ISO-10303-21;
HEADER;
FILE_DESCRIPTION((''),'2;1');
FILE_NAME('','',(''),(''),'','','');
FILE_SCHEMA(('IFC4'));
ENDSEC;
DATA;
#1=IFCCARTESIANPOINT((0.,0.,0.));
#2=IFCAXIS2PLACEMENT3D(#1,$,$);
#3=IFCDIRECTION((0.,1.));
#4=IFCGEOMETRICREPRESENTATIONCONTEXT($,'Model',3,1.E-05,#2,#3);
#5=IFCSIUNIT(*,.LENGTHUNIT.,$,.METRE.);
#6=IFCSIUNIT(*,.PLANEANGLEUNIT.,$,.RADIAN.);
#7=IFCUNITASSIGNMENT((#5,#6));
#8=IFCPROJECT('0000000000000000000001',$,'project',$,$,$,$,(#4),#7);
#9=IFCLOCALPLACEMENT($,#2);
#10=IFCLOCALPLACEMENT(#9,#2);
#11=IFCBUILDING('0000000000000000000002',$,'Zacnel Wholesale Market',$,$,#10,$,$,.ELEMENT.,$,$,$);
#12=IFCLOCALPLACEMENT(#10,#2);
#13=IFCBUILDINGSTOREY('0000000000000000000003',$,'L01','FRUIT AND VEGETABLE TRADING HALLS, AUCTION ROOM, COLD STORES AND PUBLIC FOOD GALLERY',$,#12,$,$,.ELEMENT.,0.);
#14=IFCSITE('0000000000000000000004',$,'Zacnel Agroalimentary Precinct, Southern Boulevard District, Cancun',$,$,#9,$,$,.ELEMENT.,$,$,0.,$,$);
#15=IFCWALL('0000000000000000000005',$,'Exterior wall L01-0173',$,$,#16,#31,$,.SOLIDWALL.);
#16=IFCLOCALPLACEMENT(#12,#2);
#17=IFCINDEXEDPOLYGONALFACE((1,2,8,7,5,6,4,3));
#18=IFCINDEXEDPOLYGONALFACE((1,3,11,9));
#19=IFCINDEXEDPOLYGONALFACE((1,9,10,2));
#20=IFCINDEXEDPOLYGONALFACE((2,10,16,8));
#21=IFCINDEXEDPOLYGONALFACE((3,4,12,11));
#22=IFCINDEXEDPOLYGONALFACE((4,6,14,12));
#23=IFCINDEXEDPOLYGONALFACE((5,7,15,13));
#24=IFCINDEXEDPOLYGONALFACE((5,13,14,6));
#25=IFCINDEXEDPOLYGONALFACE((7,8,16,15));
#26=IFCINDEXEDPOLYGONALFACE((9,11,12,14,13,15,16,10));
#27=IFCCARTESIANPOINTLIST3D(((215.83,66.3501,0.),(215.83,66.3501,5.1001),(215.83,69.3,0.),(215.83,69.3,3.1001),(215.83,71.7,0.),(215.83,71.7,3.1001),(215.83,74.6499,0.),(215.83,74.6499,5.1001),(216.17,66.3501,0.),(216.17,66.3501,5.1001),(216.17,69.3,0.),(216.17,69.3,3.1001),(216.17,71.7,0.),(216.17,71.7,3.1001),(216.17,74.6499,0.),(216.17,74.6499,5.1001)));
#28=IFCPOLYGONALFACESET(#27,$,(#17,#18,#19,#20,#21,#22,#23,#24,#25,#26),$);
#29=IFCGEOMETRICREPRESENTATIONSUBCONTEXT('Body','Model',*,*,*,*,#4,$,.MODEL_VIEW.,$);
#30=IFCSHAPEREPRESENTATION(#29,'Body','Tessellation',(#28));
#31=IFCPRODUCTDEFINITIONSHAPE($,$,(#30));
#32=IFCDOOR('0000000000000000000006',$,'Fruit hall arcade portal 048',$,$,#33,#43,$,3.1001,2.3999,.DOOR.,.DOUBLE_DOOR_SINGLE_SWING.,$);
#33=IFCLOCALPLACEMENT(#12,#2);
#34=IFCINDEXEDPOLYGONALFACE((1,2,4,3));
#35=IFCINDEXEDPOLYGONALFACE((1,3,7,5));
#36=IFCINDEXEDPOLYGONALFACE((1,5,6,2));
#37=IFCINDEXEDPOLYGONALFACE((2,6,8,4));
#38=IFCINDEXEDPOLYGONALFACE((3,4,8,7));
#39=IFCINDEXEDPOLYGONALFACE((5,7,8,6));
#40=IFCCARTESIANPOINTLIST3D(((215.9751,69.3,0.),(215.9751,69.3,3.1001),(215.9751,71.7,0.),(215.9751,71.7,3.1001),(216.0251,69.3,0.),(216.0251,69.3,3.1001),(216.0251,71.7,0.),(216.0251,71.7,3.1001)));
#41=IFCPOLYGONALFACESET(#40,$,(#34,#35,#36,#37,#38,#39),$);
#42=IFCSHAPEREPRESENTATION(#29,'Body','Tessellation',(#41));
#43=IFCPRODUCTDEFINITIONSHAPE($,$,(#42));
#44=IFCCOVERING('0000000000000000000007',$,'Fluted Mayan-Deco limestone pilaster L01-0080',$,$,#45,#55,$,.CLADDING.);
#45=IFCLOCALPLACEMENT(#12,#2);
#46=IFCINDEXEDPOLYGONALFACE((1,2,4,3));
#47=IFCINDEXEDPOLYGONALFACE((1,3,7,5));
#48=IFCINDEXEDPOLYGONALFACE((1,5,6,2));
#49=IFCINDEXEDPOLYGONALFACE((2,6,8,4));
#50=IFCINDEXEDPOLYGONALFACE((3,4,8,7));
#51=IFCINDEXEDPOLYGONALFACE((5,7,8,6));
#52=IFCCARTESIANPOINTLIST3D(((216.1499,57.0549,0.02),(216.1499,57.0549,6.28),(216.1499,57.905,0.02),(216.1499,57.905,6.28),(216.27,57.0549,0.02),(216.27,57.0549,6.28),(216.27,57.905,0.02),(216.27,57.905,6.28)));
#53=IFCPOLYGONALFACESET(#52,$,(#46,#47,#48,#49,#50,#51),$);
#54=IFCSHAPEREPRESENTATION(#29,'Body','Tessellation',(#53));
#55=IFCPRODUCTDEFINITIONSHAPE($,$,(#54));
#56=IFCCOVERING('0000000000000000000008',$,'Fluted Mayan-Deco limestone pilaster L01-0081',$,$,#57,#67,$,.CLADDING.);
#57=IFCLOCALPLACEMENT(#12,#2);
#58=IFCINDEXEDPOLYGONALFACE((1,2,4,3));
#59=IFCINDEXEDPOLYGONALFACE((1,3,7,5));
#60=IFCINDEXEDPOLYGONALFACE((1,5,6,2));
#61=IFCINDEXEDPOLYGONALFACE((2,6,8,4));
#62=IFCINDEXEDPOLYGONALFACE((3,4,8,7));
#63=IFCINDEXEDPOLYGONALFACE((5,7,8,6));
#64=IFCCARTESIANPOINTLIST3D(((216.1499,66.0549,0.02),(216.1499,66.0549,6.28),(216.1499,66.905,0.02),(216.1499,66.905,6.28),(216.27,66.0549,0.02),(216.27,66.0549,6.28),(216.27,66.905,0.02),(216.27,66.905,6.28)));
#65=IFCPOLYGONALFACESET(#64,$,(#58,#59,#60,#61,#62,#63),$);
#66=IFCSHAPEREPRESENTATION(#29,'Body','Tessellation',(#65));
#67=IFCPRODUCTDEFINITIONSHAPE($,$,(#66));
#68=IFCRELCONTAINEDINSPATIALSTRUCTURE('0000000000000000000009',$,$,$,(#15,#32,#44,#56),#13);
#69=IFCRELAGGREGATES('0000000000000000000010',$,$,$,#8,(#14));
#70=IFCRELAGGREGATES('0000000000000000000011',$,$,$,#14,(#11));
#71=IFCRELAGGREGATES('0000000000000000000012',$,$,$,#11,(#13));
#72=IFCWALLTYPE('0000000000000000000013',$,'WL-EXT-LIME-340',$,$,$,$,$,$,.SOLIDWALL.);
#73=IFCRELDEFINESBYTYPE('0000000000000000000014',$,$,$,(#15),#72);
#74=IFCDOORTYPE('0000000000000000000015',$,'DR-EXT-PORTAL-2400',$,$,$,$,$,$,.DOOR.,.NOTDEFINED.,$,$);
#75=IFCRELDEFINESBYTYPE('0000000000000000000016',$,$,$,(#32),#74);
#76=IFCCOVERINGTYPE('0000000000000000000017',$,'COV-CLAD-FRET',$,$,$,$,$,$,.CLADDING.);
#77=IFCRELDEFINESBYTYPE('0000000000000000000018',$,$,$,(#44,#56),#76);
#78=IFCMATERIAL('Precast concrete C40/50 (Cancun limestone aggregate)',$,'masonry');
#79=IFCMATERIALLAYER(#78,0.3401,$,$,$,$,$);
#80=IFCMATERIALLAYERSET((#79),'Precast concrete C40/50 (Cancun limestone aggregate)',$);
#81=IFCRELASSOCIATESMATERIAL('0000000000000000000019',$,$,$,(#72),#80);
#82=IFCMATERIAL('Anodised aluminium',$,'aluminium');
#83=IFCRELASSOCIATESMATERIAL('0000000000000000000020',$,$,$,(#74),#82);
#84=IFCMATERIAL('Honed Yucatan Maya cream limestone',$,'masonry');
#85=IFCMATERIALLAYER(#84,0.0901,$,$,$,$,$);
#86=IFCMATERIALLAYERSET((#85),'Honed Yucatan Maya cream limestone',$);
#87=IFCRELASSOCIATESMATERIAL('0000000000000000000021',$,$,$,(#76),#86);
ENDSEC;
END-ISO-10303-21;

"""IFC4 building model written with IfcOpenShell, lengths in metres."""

from ifc_helpers import new_model, si_unit, direction, frame, frame_2d, origin, origin_2d, place, context, subcontext, project, spatial, rectangle, extrude, material, layer, layer_set, type_object, element, fill, save


model = new_model("IFC4")

# Units and contexts
model_context = context("Model", 3, precision=1e-05, world=origin(), true_north=direction((0.0, 1.0)))
body_context = subcontext(model_context, "Body", "Model", "MODEL_VIEW")
ifc_project = project(units=[si_unit("LENGTHUNIT", "METRE"), si_unit("PLANEANGLEUNIT", "RADIAN")], contexts=[model_context])

# Site, building, storey
site_placement = place(None, origin())
site = spatial("IfcSite", under=ifc_project, at=site_placement, Name="Zacnel Agroalimentary Precinct, Southern Boulevard District, Cancun", CompositionType="ELEMENT", RefElevation=0.0)
building_placement = place(site_placement, origin())
building = spatial("IfcBuilding", under=site, at=building_placement, Name="Zacnel Wholesale Market", CompositionType="ELEMENT")
storey_placement = place(building_placement, origin())
storey = spatial("IfcBuildingStorey", under=building, at=storey_placement, Name="L01", Description="FRUIT AND VEGETABLE TRADING HALLS, AUCTION ROOM, COLD STORES AND PUBLIC FOOD GALLERY", CompositionType="ELEMENT", Elevation=0.0)

# Wall, opening, door
ifc_material_1 = material(Name="Precast concrete C40/50 (Cancun limestone aggregate)", Category="masonry")
ifc_layer_1 = layer(ifc_material_1, 0.3401)
ifc_layer_set_1 = layer_set([ifc_layer_1], Name="Precast concrete C40/50 (Cancun limestone aggregate)")
wall_type_1 = type_object("IfcWallType", Name="WL-EXT-LIME-340", PredefinedType="SOLIDWALL", material=ifc_layer_set_1)
wall_1_placement = place(storey_placement, frame((216.0, 66.3501, 0.0), z_axis=(0.0, 0.0, 1.0), x_axis=(0.0, 1.0, 0.0)))
wall_1 = element("IfcWall", 1, at=wall_1_placement, inside=storey, type_object=wall_type_1, Name="Exterior wall L01-0173", PredefinedType="SOLIDWALL", context=body_context, shape_type="SweptSolid", body=[
    extrude(rectangle(XDim=8.2998, YDim=0.3401, at=frame_2d((4.1499, 0.0))), origin(), (0.0, 0.0, 1.0), 5.1001),
])
opening_placement = place(wall_1_placement, frame((2.95, 0.0, 0.0)))
opening = element("IfcOpeningElement", 2, at=opening_placement, cuts=wall_1, PredefinedType="OPENING", context=body_context, shape_type="SweptSolid", body=[
    extrude(rectangle(XDim=2.3999, YDim=3.1001, at=frame_2d((1.2, 1.55))), frame((0.0, 0.1799, 0.0), z_axis=(0.0, -1.0, 0.0), x_axis=(1.0, 0.0, 0.0)), (0.0, 0.0, 1.0), 0.3601),
])
ifc_material_2 = material(Name="Anodised aluminium", Category="aluminium")
door_type = type_object("IfcDoorType", Name="DR-EXT-PORTAL-2400", OperationType="NOTDEFINED", PredefinedType="DOOR", material=ifc_material_2)
door_placement = place(opening_placement, origin())
door = element("IfcDoor", 3, at=door_placement, inside=storey, type_object=door_type, Name="Fruit hall arcade portal 048", OperationType="DOUBLE_DOOR_SINGLE_SWING", OverallHeight=3.1001, OverallWidth=2.3999, PredefinedType="DOOR", context=body_context, shape_type="SweptSolid", body=[
    extrude(rectangle(XDim=2.3999, YDim=3.1001, at=frame_2d((1.2, 1.55))), frame((0.0, 0.0249, 0.0), z_axis=(0.0, -1.0, 0.0), x_axis=(1.0, 0.0, 0.0)), (0.0, 0.0, 1.0), 0.05),
])
fill(opening, door)

# Coverings
ifc_material_3 = material(Name="Honed Yucatan Maya cream limestone", Category="masonry")
ifc_layer_2 = layer(ifc_material_3, 0.0901)
ifc_layer_set_2 = layer_set([ifc_layer_2], Name="Honed Yucatan Maya cream limestone")
covering_type = type_object("IfcCoveringType", Name="COV-CLAD-FRET", PredefinedType="CLADDING", material=ifc_layer_set_2)
for number, where, z_axis, x_axis, name in (
    (4, (216.21, 57.48, 0.02), (0.0, 0.0, 1.0), (0.0, 1.0, 0.0), "Fluted Mayan-Deco limestone pilaster L01-0080"),
    (5, (216.21, 66.48, 0.02), (0.0, 0.0, 1.0), (0.0, 1.0, 0.0), "Fluted Mayan-Deco limestone pilaster L01-0081"),
):
    element("IfcCovering", number, at=place(storey_placement, frame(where, z_axis=z_axis, x_axis=x_axis)), inside=storey, type_object=covering_type, Name=name, PredefinedType="CLADDING", context=body_context, shape_type="SweptSolid", body=[
        extrude(rectangle(XDim=0.8501, YDim=0.1201, at=origin_2d()), origin(), (0.0, 0.0, 1.0), 6.26),
    ])

save(model, "model.ifc")
